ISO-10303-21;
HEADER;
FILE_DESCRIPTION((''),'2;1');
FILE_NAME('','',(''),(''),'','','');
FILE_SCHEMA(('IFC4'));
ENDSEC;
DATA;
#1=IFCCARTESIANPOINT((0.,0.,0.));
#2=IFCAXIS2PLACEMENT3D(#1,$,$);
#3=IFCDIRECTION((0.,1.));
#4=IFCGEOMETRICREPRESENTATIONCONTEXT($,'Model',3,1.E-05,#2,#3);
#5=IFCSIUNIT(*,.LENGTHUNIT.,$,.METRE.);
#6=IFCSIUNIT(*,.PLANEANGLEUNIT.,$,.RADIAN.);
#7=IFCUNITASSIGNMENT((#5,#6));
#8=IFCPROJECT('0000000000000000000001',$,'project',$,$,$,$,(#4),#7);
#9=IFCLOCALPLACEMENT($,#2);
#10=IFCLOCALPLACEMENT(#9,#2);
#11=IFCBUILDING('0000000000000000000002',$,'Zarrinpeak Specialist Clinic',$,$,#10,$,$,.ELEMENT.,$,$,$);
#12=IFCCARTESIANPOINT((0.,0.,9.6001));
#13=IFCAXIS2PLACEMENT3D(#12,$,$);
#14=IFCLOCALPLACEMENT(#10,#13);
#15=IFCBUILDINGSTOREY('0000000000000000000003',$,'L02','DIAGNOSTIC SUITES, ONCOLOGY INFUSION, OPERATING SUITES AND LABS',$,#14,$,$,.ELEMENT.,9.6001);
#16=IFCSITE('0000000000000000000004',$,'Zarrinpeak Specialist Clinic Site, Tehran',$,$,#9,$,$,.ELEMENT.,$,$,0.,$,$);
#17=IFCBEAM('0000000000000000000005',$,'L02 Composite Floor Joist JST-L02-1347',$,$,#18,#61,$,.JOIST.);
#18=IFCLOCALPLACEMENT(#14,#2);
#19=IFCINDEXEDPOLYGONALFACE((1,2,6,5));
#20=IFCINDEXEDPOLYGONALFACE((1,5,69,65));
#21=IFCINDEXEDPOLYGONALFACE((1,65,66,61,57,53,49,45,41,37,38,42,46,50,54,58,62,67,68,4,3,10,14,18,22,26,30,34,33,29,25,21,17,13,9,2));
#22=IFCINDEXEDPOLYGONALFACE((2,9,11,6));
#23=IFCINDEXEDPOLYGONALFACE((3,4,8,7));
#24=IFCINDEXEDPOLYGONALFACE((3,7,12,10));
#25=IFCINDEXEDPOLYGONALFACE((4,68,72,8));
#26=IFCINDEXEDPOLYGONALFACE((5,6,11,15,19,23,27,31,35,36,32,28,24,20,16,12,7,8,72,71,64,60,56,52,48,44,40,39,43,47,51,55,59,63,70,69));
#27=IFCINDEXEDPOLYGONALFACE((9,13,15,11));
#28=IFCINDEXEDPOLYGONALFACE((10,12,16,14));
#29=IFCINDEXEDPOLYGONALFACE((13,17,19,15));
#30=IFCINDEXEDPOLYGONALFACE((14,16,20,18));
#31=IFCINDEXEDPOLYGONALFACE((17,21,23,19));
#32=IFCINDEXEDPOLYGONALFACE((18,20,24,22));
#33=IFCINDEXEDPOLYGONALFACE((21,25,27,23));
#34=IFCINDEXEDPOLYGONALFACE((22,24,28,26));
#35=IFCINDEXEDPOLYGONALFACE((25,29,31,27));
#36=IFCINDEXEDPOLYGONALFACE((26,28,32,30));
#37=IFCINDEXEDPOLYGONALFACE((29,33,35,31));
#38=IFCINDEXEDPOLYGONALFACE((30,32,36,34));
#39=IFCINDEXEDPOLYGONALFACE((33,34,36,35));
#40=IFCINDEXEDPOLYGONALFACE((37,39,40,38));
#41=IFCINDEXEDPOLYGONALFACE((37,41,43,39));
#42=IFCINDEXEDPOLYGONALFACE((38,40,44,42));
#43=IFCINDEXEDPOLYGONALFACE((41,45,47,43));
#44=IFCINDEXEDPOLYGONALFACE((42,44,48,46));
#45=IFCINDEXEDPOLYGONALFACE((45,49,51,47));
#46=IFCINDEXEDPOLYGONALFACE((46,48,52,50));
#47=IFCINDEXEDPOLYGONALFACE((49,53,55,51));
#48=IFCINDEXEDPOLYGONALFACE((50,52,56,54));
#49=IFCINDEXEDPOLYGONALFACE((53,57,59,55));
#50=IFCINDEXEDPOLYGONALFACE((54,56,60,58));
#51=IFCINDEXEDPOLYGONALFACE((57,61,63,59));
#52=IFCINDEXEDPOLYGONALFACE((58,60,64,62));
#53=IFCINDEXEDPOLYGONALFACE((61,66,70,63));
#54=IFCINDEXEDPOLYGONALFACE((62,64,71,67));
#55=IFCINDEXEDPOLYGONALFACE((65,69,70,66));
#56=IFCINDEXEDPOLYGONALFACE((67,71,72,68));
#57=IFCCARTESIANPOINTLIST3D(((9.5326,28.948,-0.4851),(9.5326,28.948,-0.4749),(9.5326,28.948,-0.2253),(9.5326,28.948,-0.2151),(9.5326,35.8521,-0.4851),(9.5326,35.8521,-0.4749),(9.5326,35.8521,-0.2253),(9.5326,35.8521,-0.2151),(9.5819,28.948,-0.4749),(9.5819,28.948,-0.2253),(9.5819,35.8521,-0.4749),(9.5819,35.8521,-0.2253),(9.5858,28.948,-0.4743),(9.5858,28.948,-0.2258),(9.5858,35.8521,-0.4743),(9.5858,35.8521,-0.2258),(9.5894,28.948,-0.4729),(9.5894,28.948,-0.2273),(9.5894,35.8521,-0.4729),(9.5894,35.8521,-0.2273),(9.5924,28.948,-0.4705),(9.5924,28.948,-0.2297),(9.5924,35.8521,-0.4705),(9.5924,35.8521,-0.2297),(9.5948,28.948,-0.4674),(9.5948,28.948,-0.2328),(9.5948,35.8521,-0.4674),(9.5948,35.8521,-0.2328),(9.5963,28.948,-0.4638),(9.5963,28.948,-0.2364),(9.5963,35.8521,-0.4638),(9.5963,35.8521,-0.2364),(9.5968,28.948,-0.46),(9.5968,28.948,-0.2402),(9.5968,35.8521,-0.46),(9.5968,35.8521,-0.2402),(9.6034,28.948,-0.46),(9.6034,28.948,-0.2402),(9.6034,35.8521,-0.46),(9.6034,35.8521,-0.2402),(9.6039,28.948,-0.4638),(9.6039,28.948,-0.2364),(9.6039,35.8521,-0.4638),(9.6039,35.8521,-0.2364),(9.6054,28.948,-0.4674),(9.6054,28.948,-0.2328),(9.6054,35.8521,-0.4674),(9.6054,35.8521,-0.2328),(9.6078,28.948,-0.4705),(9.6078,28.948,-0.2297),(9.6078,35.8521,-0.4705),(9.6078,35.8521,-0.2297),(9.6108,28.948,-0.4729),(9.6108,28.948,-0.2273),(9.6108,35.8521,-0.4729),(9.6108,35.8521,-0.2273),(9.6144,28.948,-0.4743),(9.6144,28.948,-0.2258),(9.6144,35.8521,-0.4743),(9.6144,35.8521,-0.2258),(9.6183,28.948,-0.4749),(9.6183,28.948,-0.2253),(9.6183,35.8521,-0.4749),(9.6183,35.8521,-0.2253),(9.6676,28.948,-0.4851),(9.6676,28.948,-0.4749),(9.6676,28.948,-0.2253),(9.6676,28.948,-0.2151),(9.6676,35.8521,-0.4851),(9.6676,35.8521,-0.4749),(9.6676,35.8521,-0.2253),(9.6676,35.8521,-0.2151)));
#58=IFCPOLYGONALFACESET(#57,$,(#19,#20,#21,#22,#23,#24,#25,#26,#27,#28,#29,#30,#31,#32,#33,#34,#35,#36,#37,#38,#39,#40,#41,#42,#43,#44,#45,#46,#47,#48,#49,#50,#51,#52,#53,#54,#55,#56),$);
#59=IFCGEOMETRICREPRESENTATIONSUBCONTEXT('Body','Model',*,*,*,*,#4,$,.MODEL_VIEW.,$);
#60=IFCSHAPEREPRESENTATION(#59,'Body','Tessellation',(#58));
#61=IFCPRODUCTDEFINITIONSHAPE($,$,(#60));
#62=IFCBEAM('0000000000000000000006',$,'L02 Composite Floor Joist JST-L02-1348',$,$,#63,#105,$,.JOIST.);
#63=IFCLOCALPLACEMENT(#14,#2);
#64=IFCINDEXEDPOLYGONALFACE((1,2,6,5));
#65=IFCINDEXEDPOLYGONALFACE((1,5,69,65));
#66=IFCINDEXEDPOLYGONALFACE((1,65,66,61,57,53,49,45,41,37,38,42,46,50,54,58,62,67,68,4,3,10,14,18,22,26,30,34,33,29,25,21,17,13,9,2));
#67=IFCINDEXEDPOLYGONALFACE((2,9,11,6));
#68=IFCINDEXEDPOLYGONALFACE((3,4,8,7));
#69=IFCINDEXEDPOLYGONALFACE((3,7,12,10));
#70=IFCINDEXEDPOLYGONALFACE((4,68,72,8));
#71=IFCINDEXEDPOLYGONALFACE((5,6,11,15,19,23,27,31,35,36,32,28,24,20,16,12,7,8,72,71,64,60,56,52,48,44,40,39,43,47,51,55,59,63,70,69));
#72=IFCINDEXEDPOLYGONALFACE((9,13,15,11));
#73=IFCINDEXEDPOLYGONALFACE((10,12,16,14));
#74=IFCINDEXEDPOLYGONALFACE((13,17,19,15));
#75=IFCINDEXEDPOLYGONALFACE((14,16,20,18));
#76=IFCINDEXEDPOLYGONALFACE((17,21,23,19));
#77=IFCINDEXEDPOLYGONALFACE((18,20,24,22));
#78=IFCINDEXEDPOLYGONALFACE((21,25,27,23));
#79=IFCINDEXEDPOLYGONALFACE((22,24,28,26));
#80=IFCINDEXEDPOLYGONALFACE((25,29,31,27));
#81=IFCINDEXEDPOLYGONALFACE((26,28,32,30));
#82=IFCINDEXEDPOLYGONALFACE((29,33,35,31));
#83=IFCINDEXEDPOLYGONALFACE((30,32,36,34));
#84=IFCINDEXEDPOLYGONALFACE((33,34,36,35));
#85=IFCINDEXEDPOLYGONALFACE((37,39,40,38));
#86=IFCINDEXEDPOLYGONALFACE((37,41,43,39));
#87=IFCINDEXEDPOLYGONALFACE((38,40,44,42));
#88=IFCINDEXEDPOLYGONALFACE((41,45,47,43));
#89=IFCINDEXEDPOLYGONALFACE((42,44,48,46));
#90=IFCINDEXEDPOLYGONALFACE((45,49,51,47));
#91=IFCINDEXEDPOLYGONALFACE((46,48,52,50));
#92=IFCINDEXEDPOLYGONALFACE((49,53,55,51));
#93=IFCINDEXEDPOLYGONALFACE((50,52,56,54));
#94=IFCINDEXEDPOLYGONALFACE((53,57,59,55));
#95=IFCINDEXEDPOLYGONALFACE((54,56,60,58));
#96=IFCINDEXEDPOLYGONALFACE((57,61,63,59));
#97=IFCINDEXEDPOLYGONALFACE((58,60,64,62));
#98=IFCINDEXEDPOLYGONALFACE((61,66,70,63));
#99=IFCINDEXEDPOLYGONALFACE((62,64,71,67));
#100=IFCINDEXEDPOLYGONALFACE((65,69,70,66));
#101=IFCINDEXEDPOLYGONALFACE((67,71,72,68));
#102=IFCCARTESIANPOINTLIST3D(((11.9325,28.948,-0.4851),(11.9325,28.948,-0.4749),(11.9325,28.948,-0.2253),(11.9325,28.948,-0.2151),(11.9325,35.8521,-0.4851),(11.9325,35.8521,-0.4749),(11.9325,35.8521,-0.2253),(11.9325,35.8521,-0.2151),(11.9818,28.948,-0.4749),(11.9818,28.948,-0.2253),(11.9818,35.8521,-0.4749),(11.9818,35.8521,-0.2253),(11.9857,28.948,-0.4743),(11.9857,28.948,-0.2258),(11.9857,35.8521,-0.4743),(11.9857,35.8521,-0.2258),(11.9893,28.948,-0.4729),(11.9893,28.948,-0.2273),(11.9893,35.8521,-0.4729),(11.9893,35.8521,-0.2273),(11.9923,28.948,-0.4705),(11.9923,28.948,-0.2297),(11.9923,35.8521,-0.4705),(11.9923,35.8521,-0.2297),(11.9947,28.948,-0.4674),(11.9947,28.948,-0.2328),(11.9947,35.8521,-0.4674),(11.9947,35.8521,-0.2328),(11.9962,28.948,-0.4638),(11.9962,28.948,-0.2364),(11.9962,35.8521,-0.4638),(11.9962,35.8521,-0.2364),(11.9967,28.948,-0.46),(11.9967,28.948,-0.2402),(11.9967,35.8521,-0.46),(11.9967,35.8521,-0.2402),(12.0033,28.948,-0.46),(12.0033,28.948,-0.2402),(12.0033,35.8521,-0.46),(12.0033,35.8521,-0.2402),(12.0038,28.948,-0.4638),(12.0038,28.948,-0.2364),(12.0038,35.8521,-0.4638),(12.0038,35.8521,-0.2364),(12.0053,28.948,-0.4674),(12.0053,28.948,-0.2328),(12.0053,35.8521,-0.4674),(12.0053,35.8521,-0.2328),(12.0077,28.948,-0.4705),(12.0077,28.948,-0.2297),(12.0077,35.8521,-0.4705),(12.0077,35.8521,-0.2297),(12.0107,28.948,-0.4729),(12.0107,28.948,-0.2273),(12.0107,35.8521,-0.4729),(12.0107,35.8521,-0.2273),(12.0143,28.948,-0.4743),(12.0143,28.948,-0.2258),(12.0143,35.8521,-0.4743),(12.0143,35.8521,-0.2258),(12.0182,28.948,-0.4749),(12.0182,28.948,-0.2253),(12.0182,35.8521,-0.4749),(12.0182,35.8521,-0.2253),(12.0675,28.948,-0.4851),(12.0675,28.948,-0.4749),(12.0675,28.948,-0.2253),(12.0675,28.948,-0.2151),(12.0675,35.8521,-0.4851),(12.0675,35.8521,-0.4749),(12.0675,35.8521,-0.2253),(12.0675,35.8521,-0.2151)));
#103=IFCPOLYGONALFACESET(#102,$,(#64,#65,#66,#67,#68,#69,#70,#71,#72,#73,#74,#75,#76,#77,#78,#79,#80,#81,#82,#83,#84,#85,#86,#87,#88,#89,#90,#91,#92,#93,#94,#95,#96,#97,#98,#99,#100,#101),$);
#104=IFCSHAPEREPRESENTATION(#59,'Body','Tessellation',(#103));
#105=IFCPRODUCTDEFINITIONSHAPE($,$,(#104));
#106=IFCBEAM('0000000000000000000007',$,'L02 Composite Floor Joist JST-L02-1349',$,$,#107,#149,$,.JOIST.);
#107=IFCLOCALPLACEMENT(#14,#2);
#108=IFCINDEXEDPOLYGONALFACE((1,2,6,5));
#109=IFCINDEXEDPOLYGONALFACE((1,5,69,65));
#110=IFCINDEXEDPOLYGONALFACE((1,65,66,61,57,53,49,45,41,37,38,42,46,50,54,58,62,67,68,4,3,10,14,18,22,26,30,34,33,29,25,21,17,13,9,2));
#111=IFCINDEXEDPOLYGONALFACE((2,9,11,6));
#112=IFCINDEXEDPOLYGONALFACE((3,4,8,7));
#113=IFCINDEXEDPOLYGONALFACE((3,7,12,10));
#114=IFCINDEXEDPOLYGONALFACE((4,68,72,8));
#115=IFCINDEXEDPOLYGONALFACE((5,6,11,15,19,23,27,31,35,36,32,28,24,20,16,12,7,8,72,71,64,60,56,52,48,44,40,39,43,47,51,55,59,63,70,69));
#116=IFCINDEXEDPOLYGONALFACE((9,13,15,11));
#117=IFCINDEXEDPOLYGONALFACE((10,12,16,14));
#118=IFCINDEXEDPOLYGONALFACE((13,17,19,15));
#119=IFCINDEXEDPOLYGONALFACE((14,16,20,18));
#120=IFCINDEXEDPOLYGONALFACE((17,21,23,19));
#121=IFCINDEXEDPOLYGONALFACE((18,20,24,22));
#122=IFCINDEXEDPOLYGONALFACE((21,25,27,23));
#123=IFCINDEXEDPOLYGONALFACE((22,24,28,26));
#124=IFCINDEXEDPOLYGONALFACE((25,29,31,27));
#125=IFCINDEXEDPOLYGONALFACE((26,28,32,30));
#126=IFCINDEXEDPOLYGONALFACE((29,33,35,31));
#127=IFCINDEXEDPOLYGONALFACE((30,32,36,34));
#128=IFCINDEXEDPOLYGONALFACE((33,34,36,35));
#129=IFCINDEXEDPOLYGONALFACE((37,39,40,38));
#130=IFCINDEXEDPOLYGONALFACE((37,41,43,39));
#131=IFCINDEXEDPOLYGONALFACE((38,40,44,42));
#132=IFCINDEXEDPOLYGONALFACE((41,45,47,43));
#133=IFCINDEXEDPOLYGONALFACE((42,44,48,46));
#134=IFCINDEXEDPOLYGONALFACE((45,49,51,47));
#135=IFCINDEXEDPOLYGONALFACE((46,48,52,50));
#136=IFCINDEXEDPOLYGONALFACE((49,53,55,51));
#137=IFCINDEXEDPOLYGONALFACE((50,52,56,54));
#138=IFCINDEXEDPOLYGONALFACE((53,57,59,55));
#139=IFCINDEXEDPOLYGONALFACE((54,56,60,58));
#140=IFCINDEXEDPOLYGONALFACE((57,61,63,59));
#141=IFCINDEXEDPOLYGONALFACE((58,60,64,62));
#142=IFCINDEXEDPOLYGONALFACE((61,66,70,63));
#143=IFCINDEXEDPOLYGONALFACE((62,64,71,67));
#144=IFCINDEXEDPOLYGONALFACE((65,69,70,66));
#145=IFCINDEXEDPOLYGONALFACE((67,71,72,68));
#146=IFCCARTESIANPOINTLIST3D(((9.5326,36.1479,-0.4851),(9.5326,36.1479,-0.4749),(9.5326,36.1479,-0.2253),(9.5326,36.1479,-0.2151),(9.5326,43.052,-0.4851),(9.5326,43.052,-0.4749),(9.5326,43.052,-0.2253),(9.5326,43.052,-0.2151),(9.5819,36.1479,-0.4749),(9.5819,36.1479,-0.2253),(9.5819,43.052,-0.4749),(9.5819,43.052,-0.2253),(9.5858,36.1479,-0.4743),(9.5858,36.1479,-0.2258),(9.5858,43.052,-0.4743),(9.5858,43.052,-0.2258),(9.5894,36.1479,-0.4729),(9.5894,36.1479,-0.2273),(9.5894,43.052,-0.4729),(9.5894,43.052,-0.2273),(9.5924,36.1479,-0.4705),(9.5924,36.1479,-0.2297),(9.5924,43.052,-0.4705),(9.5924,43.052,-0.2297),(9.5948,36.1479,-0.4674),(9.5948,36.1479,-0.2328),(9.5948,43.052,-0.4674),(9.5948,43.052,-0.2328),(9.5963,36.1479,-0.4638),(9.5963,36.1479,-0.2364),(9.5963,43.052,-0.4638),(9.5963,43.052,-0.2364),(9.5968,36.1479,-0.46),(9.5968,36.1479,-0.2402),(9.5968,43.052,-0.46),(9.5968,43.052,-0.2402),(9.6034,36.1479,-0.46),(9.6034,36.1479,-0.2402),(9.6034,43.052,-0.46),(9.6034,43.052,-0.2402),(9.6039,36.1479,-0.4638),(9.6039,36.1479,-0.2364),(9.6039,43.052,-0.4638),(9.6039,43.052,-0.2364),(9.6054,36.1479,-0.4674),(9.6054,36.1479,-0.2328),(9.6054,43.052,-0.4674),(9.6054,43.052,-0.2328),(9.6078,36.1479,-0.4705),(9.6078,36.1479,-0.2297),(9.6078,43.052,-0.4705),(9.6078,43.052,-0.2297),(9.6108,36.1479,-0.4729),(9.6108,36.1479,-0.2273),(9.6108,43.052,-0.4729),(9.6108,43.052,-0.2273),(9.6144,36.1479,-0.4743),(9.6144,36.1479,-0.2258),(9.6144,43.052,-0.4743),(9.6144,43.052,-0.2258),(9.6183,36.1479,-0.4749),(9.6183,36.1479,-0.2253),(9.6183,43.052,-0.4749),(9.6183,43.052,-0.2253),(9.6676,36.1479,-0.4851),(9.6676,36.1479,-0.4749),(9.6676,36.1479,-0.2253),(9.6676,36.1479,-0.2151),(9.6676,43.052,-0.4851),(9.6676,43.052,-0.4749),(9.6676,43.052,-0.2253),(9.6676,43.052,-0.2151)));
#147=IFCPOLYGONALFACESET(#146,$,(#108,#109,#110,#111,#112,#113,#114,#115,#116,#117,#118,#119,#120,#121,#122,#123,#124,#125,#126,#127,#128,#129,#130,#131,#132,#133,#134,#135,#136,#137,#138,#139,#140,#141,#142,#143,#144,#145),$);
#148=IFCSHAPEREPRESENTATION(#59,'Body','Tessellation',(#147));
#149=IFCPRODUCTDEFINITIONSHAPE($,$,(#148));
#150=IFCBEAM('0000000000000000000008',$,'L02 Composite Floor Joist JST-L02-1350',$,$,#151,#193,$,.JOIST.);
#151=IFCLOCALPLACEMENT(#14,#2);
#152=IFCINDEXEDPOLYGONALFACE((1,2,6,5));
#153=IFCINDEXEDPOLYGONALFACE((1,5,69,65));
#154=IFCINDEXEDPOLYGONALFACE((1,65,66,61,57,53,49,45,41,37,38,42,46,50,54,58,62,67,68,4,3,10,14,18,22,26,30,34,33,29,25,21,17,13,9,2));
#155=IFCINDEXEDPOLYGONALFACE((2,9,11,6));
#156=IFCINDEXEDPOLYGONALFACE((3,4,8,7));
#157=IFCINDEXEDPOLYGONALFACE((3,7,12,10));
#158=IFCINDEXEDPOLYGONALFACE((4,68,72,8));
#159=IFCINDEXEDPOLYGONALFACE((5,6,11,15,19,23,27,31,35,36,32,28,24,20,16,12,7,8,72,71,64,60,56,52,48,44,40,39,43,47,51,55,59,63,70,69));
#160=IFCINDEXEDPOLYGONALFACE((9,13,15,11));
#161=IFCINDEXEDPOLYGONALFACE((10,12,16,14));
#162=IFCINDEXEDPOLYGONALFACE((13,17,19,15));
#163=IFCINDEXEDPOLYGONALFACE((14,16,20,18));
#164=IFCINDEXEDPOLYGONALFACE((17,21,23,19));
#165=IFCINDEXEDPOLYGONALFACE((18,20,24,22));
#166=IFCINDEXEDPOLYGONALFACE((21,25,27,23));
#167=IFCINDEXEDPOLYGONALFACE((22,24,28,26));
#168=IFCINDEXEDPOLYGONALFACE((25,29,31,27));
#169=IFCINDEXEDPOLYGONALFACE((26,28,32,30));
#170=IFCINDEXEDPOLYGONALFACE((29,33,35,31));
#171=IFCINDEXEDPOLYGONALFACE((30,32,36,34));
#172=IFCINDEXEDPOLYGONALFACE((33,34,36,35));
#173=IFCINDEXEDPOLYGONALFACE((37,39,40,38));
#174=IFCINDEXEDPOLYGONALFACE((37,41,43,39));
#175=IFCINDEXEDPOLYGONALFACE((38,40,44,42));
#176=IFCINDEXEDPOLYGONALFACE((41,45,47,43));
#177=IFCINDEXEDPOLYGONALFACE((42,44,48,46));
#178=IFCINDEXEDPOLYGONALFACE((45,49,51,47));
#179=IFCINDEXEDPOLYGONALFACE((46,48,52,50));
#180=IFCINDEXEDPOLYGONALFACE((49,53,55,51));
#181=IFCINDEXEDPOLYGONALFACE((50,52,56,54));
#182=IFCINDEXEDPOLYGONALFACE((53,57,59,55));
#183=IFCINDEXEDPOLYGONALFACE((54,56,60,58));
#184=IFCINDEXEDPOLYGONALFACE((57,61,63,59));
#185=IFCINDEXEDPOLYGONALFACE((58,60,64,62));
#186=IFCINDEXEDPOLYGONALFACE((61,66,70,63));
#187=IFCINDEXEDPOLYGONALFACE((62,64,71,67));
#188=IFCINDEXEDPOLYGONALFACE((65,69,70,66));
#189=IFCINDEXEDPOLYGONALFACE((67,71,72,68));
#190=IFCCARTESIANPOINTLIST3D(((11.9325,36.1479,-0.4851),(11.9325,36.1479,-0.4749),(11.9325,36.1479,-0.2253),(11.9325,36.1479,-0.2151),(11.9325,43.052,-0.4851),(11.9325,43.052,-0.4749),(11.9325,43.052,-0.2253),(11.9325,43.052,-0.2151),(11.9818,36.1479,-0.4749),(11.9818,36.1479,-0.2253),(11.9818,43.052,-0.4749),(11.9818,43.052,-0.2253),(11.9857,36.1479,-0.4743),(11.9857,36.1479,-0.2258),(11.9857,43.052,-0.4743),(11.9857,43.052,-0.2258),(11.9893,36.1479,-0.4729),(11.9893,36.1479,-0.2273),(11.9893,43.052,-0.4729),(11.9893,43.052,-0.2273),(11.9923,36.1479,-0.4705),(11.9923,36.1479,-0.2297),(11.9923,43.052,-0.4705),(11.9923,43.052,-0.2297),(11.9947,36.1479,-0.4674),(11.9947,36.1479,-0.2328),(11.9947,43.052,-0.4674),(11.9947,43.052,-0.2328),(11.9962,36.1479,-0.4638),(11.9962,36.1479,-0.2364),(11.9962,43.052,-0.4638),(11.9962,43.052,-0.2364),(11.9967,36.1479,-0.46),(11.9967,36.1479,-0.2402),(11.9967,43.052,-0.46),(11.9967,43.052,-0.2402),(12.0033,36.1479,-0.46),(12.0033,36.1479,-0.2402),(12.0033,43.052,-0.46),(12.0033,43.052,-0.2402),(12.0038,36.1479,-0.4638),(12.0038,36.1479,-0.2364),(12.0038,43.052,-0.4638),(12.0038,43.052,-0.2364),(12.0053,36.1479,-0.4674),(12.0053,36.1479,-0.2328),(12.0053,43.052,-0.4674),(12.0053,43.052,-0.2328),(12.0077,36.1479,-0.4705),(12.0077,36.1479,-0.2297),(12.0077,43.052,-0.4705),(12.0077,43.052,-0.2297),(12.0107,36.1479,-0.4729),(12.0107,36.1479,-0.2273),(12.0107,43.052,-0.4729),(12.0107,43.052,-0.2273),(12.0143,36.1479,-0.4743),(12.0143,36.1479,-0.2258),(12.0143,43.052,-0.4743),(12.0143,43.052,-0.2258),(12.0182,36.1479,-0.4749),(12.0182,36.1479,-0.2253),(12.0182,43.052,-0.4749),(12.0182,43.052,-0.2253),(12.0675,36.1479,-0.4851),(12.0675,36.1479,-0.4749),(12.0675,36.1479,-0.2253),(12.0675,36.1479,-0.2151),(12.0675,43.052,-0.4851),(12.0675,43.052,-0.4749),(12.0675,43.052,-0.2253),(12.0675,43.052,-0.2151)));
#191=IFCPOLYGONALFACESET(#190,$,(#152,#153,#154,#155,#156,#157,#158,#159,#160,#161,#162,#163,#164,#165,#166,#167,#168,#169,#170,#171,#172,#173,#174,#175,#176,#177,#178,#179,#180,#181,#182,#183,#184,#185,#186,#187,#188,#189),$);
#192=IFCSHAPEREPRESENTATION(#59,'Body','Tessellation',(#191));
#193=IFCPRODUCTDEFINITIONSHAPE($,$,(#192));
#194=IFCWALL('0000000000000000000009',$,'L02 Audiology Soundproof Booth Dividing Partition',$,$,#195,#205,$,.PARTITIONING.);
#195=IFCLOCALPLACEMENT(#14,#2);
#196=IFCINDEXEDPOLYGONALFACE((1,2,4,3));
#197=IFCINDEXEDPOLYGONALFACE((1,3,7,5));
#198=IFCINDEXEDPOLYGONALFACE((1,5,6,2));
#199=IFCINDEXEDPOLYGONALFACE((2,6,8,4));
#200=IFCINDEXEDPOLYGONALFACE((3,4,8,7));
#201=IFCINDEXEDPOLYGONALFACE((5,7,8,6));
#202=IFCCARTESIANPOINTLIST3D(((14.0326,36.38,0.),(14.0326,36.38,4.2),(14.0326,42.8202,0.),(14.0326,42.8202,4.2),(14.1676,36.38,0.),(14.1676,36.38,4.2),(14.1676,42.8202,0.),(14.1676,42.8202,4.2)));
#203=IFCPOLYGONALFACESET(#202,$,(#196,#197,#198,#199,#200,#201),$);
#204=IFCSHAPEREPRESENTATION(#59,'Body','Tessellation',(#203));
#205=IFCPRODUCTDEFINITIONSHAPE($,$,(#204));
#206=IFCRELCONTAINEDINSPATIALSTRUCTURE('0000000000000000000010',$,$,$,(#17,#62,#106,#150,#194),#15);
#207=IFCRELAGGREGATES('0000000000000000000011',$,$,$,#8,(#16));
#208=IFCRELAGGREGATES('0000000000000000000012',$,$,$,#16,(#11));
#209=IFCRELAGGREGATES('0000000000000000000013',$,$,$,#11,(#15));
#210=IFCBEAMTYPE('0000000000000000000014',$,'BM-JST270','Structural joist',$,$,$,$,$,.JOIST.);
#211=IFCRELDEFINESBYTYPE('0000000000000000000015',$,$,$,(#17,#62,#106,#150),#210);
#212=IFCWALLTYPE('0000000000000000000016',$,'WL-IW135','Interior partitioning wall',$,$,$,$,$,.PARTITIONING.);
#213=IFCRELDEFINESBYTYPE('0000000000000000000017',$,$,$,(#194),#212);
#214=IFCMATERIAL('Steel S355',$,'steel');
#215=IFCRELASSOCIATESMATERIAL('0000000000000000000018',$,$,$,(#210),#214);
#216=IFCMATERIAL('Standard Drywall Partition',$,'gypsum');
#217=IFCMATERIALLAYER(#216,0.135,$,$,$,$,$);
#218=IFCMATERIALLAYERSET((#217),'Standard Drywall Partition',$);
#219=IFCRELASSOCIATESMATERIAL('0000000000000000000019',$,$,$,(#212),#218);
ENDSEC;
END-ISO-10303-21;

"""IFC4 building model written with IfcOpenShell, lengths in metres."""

from ifc_helpers import new_model, si_unit, direction, frame, frame_2d, origin, origin_2d, place, context, subcontext, project, spatial, rectangle, i_section, extrude, material, layer, layer_set, material_profile, profile_set, type_object, element, save


model = new_model("IFC4")

# Units and contexts
model_context = context("Model", 3, precision=1e-05, world=origin(), true_north=direction((0.0, 1.0)))
body_context = subcontext(model_context, "Body", "Model", "MODEL_VIEW")
ifc_project = project(units=[si_unit("LENGTHUNIT", "METRE"), si_unit("PLANEANGLEUNIT", "RADIAN")], contexts=[model_context])

# Site, building, storey
site_placement = place(None, origin())
site = spatial("IfcSite", under=ifc_project, at=site_placement, Name="Zarrinpeak Specialist Clinic Site, Tehran", CompositionType="ELEMENT", RefElevation=0.0)
building_placement = place(site_placement, origin())
building = spatial("IfcBuilding", under=site, at=building_placement, Name="Zarrinpeak Specialist Clinic", CompositionType="ELEMENT")
storey_placement = place(building_placement, frame((0.0, 0.0, 9.6001)))
storey = spatial("IfcBuildingStorey", under=building, at=storey_placement, Name="L02", Description="DIAGNOSTIC SUITES, ONCOLOGY INFUSION, OPERATING SUITES AND LABS", CompositionType="ELEMENT", Elevation=9.6001)

# Shared definitions
ifc_material_1 = material(Name="Steel S355", Category="steel")

# Beams
ifc_material_profile_1 = material_profile(ifc_material_1, i_section(OverallWidth=0.135, OverallDepth=0.27, WebThickness=0.0066, FlangeThickness=0.0103, FilletRadius=0.0149, at=origin_2d()), Name="IPE 270")
ifc_profile_set_1 = profile_set([ifc_material_profile_1], Name="Steel S355")
beam_type_1 = type_object("IfcBeamType", Name="BM-JST270", Description="Structural joist", PredefinedType="JOIST", material=ifc_profile_set_1)
for number, where, z_axis, x_axis, name in (
    (1, (9.6001, 28.948, -0.3501), (0.0, 1.0, 0.0), (-1.0, 0.0, 0.0), "L02 Composite Floor Joist JST-L02-1347"),
    (2, (12.0, 28.948, -0.3501), (0.0, 1.0, 0.0), (-1.0, 0.0, 0.0), "L02 Composite Floor Joist JST-L02-1348"),
    (3, (9.6001, 36.1479, -0.3501), (0.0, 1.0, 0.0), (-1.0, 0.0, 0.0), "L02 Composite Floor Joist JST-L02-1349"),
    (4, (12.0, 36.1479, -0.3501), (0.0, 1.0, 0.0), (-1.0, 0.0, 0.0), "L02 Composite Floor Joist JST-L02-1350"),
):
    element("IfcBeam", number, at=place(storey_placement, frame(where, z_axis=z_axis, x_axis=x_axis)), inside=storey, type_object=beam_type_1, Name=name, PredefinedType="JOIST", context=body_context, shape_type="SweptSolid", body=[
        extrude(i_section(OverallWidth=0.135, OverallDepth=0.27, WebThickness=0.0066, FlangeThickness=0.0103, FilletRadius=0.0149, at=origin_2d()), origin(), (0.0, 0.0, 1.0), 6.9041),
    ])

# Wall
ifc_material_2 = material(Name="Standard Drywall Partition", Category="gypsum")
ifc_layer_1 = layer(ifc_material_2, 0.135)
ifc_layer_set_1 = layer_set([ifc_layer_1], Name="Standard Drywall Partition")
wall_type_1 = type_object("IfcWallType", Name="WL-IW135", Description="Interior partitioning wall", PredefinedType="PARTITIONING", material=ifc_layer_set_1)
wall_1_placement = place(storey_placement, frame((14.1001, 36.3799, 0.0), z_axis=(0.0, 0.0, 1.0), x_axis=(0.0, 1.0, 0.0)))
element("IfcWall", 5, at=wall_1_placement, inside=storey, type_object=wall_type_1, Name="L02 Audiology Soundproof Booth Dividing Partition", PredefinedType="PARTITIONING", context=body_context, shape_type="SweptSolid", body=[
    extrude(rectangle(XDim=6.4402, YDim=0.135, at=frame_2d((3.2202, 0.0))), origin(), (0.0, 0.0, 1.0), 4.2),
])

save(model, "model.ifc")
